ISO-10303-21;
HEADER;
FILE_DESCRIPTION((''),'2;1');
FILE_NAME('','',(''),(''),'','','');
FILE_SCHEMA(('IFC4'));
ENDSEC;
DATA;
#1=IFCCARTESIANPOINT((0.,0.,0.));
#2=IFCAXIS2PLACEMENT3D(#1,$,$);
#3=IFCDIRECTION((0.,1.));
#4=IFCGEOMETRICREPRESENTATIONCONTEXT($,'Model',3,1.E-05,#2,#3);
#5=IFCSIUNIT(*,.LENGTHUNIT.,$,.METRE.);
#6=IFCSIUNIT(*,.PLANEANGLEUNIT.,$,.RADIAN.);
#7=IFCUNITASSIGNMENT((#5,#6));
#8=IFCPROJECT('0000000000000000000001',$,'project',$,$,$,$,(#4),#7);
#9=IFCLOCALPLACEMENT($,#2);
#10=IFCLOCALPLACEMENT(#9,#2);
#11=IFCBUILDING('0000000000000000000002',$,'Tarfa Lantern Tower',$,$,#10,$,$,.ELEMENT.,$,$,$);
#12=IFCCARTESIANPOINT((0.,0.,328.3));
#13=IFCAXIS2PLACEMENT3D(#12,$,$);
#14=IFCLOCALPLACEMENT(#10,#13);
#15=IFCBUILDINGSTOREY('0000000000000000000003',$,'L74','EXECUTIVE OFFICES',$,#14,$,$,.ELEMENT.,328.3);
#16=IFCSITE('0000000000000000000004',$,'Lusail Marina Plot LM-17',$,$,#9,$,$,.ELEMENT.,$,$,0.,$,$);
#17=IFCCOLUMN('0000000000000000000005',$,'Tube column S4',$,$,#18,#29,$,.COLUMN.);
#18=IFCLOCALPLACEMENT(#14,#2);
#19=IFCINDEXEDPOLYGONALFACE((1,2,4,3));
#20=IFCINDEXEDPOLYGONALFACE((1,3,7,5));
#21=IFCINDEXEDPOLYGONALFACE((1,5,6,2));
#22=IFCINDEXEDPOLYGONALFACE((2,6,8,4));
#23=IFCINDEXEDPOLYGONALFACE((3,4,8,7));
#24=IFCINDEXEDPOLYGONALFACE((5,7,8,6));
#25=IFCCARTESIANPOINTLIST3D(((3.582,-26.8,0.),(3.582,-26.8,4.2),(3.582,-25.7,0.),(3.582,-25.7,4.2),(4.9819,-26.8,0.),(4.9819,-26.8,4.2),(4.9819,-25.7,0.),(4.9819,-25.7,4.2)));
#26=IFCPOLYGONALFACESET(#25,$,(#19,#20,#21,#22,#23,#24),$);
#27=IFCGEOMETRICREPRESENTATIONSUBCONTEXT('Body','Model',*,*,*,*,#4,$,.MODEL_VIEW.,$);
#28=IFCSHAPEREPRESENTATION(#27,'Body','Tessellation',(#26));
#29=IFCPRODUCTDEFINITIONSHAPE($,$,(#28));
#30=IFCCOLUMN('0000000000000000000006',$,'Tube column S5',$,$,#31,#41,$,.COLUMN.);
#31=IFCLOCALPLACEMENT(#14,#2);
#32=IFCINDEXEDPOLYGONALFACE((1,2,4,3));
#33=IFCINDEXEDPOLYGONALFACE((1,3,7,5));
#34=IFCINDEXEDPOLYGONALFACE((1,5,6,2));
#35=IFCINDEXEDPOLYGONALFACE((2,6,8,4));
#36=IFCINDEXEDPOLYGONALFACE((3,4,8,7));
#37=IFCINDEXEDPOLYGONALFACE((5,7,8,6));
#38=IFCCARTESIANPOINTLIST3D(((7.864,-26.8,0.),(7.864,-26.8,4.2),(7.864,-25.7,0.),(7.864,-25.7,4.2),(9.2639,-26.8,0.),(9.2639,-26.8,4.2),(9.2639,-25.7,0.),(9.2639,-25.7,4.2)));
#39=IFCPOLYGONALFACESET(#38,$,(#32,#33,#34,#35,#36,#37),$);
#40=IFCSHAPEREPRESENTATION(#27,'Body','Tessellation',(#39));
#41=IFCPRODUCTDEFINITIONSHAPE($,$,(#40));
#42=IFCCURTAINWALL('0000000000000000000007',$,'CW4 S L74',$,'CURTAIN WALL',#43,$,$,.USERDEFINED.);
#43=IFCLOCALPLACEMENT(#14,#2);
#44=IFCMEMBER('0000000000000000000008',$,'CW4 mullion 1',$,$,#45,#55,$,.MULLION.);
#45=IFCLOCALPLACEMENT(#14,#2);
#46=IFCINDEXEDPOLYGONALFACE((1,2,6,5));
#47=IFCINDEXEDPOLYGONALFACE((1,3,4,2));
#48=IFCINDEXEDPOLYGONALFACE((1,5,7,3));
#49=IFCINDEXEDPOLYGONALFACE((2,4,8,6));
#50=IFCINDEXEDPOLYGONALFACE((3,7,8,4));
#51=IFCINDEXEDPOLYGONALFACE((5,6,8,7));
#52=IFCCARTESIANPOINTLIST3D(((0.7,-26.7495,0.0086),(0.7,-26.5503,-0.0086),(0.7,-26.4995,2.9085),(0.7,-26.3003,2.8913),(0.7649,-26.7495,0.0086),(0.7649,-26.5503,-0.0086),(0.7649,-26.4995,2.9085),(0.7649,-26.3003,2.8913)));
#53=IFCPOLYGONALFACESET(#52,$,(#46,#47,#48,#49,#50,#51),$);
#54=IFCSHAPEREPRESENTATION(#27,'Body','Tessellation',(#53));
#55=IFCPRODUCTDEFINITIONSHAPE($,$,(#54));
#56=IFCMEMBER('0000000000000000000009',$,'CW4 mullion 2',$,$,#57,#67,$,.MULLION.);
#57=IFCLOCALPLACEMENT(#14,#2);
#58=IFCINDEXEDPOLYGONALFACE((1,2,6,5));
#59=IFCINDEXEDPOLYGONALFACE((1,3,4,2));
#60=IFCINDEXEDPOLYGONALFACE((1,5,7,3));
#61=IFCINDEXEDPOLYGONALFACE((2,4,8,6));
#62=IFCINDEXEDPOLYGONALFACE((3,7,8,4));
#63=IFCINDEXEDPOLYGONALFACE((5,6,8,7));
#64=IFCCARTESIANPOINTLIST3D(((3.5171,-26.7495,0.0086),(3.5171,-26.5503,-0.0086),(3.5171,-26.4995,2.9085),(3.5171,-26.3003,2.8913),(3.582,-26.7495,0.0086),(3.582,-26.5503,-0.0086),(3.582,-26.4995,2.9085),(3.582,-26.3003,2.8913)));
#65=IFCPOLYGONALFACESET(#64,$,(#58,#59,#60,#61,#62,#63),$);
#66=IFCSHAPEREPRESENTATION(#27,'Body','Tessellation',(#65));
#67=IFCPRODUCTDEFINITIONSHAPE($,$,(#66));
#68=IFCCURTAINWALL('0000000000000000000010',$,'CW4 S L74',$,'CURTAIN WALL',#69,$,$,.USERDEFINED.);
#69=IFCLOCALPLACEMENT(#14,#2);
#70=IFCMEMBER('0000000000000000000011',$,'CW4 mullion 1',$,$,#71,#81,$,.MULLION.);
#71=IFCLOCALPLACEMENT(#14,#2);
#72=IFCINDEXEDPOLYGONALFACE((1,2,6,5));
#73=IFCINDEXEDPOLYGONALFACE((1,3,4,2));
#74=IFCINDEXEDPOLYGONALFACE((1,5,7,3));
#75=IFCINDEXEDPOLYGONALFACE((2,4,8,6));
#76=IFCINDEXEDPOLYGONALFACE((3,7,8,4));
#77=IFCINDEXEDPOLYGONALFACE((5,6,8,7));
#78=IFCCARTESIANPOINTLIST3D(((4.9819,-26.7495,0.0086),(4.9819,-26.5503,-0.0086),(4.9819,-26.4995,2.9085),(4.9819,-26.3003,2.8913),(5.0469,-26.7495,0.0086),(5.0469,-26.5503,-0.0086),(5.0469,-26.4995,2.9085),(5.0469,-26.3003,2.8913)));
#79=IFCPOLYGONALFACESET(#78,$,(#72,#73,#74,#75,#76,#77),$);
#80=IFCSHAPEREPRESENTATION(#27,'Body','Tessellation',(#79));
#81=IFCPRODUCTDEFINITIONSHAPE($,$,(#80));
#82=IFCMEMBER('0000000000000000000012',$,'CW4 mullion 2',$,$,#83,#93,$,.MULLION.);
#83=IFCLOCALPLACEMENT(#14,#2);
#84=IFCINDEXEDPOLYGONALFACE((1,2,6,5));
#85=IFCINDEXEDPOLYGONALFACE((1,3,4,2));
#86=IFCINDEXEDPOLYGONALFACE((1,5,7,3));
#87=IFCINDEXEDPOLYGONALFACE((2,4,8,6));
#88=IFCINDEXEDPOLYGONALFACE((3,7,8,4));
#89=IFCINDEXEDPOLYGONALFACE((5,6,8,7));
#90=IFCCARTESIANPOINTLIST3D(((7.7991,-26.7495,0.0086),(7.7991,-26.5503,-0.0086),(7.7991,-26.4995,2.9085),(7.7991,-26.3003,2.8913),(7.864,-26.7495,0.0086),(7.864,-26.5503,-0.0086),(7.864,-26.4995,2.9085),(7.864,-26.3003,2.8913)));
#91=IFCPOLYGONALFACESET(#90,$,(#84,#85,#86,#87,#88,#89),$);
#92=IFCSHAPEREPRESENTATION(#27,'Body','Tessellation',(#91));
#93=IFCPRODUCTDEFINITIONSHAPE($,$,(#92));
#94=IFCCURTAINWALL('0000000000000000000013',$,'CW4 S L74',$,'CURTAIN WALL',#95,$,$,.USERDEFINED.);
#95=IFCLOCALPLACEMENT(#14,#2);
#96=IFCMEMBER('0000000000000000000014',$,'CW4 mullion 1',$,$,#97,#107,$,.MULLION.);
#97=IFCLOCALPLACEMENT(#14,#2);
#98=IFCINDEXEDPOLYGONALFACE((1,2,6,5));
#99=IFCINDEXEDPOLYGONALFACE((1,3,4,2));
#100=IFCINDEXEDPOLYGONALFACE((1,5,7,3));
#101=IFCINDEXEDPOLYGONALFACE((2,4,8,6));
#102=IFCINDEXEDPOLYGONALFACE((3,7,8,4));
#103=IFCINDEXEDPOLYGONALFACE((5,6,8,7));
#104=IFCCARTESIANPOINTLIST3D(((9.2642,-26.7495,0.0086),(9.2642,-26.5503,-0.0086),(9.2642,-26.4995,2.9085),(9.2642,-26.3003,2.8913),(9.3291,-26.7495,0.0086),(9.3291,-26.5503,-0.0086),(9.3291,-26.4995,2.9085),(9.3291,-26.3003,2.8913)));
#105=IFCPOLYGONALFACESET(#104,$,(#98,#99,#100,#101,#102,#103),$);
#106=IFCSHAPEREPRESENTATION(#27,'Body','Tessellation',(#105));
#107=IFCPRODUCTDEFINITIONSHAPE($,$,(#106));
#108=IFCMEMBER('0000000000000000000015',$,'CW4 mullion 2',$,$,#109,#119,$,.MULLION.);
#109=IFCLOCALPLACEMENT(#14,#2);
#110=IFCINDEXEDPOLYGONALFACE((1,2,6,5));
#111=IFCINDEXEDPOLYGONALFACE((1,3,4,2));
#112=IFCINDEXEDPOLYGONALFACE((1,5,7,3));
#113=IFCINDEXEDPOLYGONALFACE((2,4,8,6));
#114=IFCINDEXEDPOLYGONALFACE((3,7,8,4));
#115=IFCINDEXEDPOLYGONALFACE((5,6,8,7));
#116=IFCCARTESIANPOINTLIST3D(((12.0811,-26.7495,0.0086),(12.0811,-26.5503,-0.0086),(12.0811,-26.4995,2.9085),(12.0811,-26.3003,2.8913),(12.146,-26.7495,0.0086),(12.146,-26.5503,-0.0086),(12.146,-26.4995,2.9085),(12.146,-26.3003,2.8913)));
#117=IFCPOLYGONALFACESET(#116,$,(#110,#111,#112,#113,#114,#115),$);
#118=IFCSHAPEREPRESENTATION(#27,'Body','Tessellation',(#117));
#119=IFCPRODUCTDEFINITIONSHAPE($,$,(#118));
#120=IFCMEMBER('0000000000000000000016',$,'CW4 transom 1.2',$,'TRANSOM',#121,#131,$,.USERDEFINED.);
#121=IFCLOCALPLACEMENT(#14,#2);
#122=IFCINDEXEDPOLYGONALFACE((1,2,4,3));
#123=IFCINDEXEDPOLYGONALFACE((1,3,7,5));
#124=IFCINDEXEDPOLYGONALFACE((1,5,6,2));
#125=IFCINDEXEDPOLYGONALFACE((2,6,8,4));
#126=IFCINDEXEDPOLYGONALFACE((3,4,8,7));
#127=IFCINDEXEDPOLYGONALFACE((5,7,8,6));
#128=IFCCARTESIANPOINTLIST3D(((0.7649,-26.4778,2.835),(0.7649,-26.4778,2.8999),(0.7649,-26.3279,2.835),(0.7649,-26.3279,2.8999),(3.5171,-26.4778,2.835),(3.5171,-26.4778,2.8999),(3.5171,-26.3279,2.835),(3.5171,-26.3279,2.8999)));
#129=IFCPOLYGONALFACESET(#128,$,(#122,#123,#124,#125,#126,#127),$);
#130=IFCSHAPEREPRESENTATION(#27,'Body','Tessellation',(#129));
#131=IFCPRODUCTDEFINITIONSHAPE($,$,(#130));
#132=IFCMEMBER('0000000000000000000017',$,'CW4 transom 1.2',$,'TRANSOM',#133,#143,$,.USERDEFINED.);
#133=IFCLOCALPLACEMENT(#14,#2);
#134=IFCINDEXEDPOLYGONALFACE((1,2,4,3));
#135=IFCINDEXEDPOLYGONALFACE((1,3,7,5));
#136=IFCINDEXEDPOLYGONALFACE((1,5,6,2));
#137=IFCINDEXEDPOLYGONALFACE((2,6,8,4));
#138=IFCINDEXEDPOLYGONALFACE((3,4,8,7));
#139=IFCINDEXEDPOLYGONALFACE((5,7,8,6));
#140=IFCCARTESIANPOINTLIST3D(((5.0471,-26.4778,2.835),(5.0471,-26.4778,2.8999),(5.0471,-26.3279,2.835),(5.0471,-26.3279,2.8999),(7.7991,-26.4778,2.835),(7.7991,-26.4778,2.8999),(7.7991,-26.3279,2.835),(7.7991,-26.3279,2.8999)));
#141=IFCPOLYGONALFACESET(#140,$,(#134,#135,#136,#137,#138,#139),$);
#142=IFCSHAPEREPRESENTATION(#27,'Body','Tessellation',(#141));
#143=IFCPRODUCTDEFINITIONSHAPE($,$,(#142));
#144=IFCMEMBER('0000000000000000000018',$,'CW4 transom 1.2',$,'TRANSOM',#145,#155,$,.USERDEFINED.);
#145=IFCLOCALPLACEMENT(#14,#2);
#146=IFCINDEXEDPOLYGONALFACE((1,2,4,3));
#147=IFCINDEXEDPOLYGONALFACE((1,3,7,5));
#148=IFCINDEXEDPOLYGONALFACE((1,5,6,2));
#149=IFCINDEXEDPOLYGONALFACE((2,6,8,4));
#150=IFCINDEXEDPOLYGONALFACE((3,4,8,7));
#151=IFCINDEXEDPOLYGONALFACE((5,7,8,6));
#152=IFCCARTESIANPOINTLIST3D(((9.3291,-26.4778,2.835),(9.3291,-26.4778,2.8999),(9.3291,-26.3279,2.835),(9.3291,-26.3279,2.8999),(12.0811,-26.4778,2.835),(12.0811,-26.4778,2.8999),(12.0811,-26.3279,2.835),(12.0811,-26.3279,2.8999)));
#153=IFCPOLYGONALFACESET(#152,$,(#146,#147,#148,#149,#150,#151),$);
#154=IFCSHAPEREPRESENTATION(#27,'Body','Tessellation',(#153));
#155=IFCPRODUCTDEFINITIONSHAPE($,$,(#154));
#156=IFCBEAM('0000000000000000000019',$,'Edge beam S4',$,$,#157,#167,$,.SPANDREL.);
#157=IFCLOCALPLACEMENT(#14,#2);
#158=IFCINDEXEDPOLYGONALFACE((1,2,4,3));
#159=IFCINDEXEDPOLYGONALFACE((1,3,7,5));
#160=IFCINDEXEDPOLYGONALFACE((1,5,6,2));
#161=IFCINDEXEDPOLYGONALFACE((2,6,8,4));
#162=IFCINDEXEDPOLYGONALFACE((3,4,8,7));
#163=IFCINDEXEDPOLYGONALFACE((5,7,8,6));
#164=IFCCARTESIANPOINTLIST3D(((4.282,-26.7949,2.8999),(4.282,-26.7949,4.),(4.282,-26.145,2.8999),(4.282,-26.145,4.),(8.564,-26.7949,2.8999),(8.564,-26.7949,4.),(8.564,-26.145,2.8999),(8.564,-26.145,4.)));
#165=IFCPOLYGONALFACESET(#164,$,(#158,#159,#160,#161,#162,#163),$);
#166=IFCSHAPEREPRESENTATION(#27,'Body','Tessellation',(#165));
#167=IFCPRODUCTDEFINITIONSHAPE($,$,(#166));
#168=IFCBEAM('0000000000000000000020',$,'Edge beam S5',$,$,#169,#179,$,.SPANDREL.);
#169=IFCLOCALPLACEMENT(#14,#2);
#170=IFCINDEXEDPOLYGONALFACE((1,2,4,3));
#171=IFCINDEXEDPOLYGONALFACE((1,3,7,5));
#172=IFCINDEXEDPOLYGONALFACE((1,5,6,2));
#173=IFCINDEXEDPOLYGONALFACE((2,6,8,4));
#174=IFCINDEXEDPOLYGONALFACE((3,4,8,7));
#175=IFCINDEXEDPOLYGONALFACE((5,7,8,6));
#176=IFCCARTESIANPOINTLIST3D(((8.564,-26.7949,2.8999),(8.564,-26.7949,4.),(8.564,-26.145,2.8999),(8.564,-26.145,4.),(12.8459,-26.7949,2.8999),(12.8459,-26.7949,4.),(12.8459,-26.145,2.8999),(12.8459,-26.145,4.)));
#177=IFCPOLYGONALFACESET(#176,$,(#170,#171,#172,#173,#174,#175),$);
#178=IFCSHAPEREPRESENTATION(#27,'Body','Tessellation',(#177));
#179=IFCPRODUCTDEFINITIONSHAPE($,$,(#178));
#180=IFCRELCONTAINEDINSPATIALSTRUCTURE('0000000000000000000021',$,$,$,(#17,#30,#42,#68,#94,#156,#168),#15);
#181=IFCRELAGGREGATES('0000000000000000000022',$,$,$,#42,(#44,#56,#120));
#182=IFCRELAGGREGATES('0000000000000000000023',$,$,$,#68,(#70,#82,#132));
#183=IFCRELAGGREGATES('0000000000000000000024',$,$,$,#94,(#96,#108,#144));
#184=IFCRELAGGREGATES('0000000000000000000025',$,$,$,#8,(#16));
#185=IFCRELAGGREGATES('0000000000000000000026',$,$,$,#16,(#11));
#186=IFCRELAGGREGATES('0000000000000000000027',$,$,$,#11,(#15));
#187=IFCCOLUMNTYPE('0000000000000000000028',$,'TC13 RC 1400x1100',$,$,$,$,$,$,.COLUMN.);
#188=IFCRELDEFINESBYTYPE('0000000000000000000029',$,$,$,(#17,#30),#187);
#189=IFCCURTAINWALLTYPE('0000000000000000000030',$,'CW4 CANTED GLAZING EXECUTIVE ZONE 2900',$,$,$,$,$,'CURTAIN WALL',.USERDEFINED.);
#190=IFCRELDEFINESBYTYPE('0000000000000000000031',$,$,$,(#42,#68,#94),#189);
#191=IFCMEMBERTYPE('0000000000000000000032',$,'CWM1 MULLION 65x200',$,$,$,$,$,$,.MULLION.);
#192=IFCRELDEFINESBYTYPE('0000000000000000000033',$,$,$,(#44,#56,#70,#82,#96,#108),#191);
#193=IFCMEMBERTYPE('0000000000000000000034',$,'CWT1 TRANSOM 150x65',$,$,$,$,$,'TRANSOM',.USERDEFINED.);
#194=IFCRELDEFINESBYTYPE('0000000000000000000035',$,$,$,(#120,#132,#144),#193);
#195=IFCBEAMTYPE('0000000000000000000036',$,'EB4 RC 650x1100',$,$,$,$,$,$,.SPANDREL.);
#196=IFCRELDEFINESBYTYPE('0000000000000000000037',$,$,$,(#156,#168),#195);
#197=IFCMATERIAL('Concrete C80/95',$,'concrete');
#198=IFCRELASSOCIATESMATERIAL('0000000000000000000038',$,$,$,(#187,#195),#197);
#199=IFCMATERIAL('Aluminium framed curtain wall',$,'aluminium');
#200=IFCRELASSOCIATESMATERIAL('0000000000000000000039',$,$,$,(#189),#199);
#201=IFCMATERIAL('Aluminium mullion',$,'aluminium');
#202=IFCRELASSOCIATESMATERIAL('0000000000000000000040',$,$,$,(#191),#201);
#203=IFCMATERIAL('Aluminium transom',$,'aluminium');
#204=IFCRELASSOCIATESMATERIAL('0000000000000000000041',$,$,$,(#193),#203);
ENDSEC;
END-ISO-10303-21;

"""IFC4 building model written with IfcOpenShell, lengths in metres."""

from ifc_helpers import new_model, si_unit, direction, frame, origin, origin_2d, place, context, subcontext, project, spatial, rectangle, extrude, material, material_profile, profile_set, type_object, element, aggregate, save


model = new_model("IFC4")

# Units and contexts
model_context = context("Model", 3, precision=1e-05, world=origin(), true_north=direction((0.0, 1.0)))
body_context = subcontext(model_context, "Body", "Model", "MODEL_VIEW")
ifc_project = project(units=[si_unit("LENGTHUNIT", "METRE"), si_unit("PLANEANGLEUNIT", "RADIAN")], contexts=[model_context])

# Site, building, storey
site_placement = place(None, origin())
site = spatial("IfcSite", under=ifc_project, at=site_placement, Name="Lusail Marina Plot LM-17", CompositionType="ELEMENT", RefElevation=0.0)
building_placement = place(site_placement, origin())
building = spatial("IfcBuilding", under=site, at=building_placement, Name="Tarfa Lantern Tower", CompositionType="ELEMENT")
storey_placement = place(building_placement, frame((0.0, 0.0, 328.3)))
storey = spatial("IfcBuildingStorey", under=building, at=storey_placement, Name="L74", Description="EXECUTIVE OFFICES", CompositionType="ELEMENT", Elevation=328.3)

# Columns
ifc_material_1 = material(Name="Concrete C80/95", Category="concrete")
ifc_material_profile_1 = material_profile(ifc_material_1, rectangle(XDim=1.3999, YDim=1.1001, at=origin_2d()), Name="RC 1400x1100")
ifc_profile_set_1 = profile_set([ifc_material_profile_1], Name="Concrete C80/95")
column_type = type_object("IfcColumnType", Name="TC13 RC 1400x1100", PredefinedType="COLUMN", material=ifc_profile_set_1)
for number, where, z_axis, x_axis, name in (
    (1, (4.282, -26.25, 0.0), (0.0, 0.0, 1.0), (1.0, 0.0, 0.0), "Tube column S4"),
    (2, (8.564, -26.25, 0.0), (0.0, 0.0, 1.0), (1.0, 0.0, 0.0), "Tube column S5"),
):
    element("IfcColumn", number, at=place(storey_placement, frame(where, z_axis=z_axis, x_axis=x_axis)), inside=storey, type_object=column_type, Name=name, PredefinedType="COLUMN", context=body_context, shape_type="SweptSolid", body=[
        extrude(rectangle(XDim=1.3999, YDim=1.1001, at=origin_2d()), origin(), (0.0, 0.0, 1.0), 4.2),
    ])

# Curtain walls, members
ifc_material_2 = material(Name="Aluminium framed curtain wall", Category="aluminium")
curtain_wall_type = type_object("IfcCurtainWallType", Name="CW4 CANTED GLAZING EXECUTIVE ZONE 2900", ElementType="CURTAIN WALL", PredefinedType="USERDEFINED", material=ifc_material_2)
curtain_wall_1_placement = place(storey_placement, origin())
curtain_wall_1 = element("IfcCurtainWall", 3, at=curtain_wall_1_placement, inside=storey, type_object=curtain_wall_type, Name="CW4 S L74", ObjectType="CURTAIN WALL", PredefinedType="USERDEFINED")
ifc_material_3 = material(Name="Aluminium mullion", Category="aluminium")
ifc_material_profile_2 = material_profile(ifc_material_3, rectangle(XDim=0.0649, YDim=0.2, at=origin_2d()), Name="AL MULLION 65x200")
ifc_profile_set_2 = profile_set([ifc_material_profile_2], Name="Aluminium mullion")
member_type_1 = type_object("IfcMemberType", Name="CWM1 MULLION 65x200", PredefinedType="MULLION", material=ifc_profile_set_2)
member_1_placement = place(storey_placement, frame((0.7324, -26.6499, 0.0), z_axis=(0.0, 0.085891, 0.996305), x_axis=(-1.0, 0.0, 0.0)))
member_1 = element("IfcMember", 4, at=member_1_placement, type_object=member_type_1, Name="CW4 mullion 1", PredefinedType="MULLION", context=body_context, shape_type="SweptSolid", body=[
    extrude(rectangle(XDim=0.0649, YDim=0.2, at=origin_2d()), origin(), (0.0, 0.0, 1.0), 2.9106),
])
member_2_placement = place(storey_placement, frame((3.5496, -26.6499, 0.0), z_axis=(0.0, 0.085891, 0.996305), x_axis=(-1.0, 0.0, 0.0)))
member_2 = element("IfcMember", 5, at=member_2_placement, type_object=member_type_1, Name="CW4 mullion 2", PredefinedType="MULLION", context=body_context, shape_type="SweptSolid", body=[
    extrude(rectangle(XDim=0.0649, YDim=0.2, at=origin_2d()), origin(), (0.0, 0.0, 1.0), 2.9106),
])
curtain_wall_2_placement = place(storey_placement, origin())
curtain_wall_2 = element("IfcCurtainWall", 6, at=curtain_wall_2_placement, inside=storey, type_object=curtain_wall_type, Name="CW4 S L74", ObjectType="CURTAIN WALL", PredefinedType="USERDEFINED")
member_3_placement = place(storey_placement, frame((5.0144, -26.6499, 0.0), z_axis=(0.0, 0.085891, 0.996305), x_axis=(-1.0, 0.0, 0.0)))
member_3 = element("IfcMember", 7, at=member_3_placement, type_object=member_type_1, Name="CW4 mullion 1", PredefinedType="MULLION", context=body_context, shape_type="SweptSolid", body=[
    extrude(rectangle(XDim=0.0649, YDim=0.2, at=origin_2d()), origin(), (0.0, 0.0, 1.0), 2.9106),
])
member_4_placement = place(storey_placement, frame((7.8315, -26.6499, 0.0), z_axis=(0.0, 0.085891, 0.996305), x_axis=(-1.0, 0.0, 0.0)))
member_4 = element("IfcMember", 8, at=member_4_placement, type_object=member_type_1, Name="CW4 mullion 2", PredefinedType="MULLION", context=body_context, shape_type="SweptSolid", body=[
    extrude(rectangle(XDim=0.0649, YDim=0.2, at=origin_2d()), origin(), (0.0, 0.0, 1.0), 2.9106),
])
curtain_wall_3_placement = place(storey_placement, origin())
curtain_wall_3 = element("IfcCurtainWall", 9, at=curtain_wall_3_placement, inside=storey, type_object=curtain_wall_type, Name="CW4 S L74", ObjectType="CURTAIN WALL", PredefinedType="USERDEFINED")
member_5_placement = place(storey_placement, frame((9.2966, -26.6499, 0.0), z_axis=(0.0, 0.085891, 0.996305), x_axis=(-1.0, 0.0, 0.0)))
member_5 = element("IfcMember", 10, at=member_5_placement, type_object=member_type_1, Name="CW4 mullion 1", PredefinedType="MULLION", context=body_context, shape_type="SweptSolid", body=[
    extrude(rectangle(XDim=0.0649, YDim=0.2, at=origin_2d()), origin(), (0.0, 0.0, 1.0), 2.9106),
])
member_6_placement = place(storey_placement, frame((12.1135, -26.6499, 0.0), z_axis=(0.0, 0.085891, 0.996305), x_axis=(-1.0, 0.0, 0.0)))
member_6 = element("IfcMember", 11, at=member_6_placement, type_object=member_type_1, Name="CW4 mullion 2", PredefinedType="MULLION", context=body_context, shape_type="SweptSolid", body=[
    extrude(rectangle(XDim=0.0649, YDim=0.2, at=origin_2d()), origin(), (0.0, 0.0, 1.0), 2.9106),
])

# Members
ifc_material_4 = material(Name="Aluminium transom", Category="aluminium")
ifc_material_profile_3 = material_profile(ifc_material_4, rectangle(XDim=0.1499, YDim=0.0649, at=origin_2d()), Name="AL TRANSOM 150x65")
ifc_profile_set_3 = profile_set([ifc_material_profile_3], Name="Aluminium transom")
member_type_2 = type_object("IfcMemberType", Name="CWT1 TRANSOM 150x65", ElementType="TRANSOM", PredefinedType="USERDEFINED", material=ifc_profile_set_3)
member_7_placement = place(storey_placement, frame((0.7649, -26.4028, 2.8674), z_axis=(1.0, 0.0, 0.0), x_axis=(0.0, 1.0, 0.0)))
member_7 = element("IfcMember", 12, at=member_7_placement, type_object=member_type_2, Name="CW4 transom 1.2", ObjectType="TRANSOM", PredefinedType="USERDEFINED", context=body_context, shape_type="SweptSolid", body=[
    extrude(rectangle(XDim=0.1499, YDim=0.0649, at=origin_2d()), origin(), (0.0, 0.0, 1.0), 2.7522),
])
member_8_placement = place(storey_placement, frame((5.0471, -26.4028, 2.8674), z_axis=(1.0, 0.0, 0.0), x_axis=(0.0, 1.0, 0.0)))
member_8 = element("IfcMember", 13, at=member_8_placement, type_object=member_type_2, Name="CW4 transom 1.2", ObjectType="TRANSOM", PredefinedType="USERDEFINED", context=body_context, shape_type="SweptSolid", body=[
    extrude(rectangle(XDim=0.1499, YDim=0.0649, at=origin_2d()), origin(), (0.0, 0.0, 1.0), 2.752),
])
member_9_placement = place(storey_placement, frame((9.3291, -26.4028, 2.8674), z_axis=(1.0, 0.0, 0.0), x_axis=(0.0, 1.0, 0.0)))
member_9 = element("IfcMember", 14, at=member_9_placement, type_object=member_type_2, Name="CW4 transom 1.2", ObjectType="TRANSOM", PredefinedType="USERDEFINED", context=body_context, shape_type="SweptSolid", body=[
    extrude(rectangle(XDim=0.1499, YDim=0.0649, at=origin_2d()), origin(), (0.0, 0.0, 1.0), 2.752),
])

# Beams
ifc_material_profile_4 = material_profile(ifc_material_1, rectangle(XDim=0.6499, YDim=1.1001, at=origin_2d()), Name="RC 650x1100")
ifc_profile_set_4 = profile_set([ifc_material_profile_4], Name="Concrete C80/95")
beam_type_1 = type_object("IfcBeamType", Name="EB4 RC 650x1100", PredefinedType="SPANDREL", material=ifc_profile_set_4)
for number, where, z_axis, x_axis, name in (
    (15, (4.282, -26.47, 3.45), (1.0, 0.0, 0.0), (0.0, 1.0, 0.0), "Edge beam S4"),
    (16, (8.564, -26.47, 3.45), (1.0, 0.0, 0.0), (0.0, 1.0, 0.0), "Edge beam S5"),
):
    element("IfcBeam", number, at=place(storey_placement, frame(where, z_axis=z_axis, x_axis=x_axis)), inside=storey, type_object=beam_type_1, Name=name, PredefinedType="SPANDREL", context=body_context, shape_type="SweptSolid", body=[
        extrude(rectangle(XDim=0.6499, YDim=1.1001, at=origin_2d()), origin(), (0.0, 0.0, 1.0), 4.282),
    ])

aggregate(curtain_wall_1, [member_1, member_2, member_7])
aggregate(curtain_wall_2, [member_3, member_4, member_8])
aggregate(curtain_wall_3, [member_5, member_6, member_9])

save(model, "model.ifc")
